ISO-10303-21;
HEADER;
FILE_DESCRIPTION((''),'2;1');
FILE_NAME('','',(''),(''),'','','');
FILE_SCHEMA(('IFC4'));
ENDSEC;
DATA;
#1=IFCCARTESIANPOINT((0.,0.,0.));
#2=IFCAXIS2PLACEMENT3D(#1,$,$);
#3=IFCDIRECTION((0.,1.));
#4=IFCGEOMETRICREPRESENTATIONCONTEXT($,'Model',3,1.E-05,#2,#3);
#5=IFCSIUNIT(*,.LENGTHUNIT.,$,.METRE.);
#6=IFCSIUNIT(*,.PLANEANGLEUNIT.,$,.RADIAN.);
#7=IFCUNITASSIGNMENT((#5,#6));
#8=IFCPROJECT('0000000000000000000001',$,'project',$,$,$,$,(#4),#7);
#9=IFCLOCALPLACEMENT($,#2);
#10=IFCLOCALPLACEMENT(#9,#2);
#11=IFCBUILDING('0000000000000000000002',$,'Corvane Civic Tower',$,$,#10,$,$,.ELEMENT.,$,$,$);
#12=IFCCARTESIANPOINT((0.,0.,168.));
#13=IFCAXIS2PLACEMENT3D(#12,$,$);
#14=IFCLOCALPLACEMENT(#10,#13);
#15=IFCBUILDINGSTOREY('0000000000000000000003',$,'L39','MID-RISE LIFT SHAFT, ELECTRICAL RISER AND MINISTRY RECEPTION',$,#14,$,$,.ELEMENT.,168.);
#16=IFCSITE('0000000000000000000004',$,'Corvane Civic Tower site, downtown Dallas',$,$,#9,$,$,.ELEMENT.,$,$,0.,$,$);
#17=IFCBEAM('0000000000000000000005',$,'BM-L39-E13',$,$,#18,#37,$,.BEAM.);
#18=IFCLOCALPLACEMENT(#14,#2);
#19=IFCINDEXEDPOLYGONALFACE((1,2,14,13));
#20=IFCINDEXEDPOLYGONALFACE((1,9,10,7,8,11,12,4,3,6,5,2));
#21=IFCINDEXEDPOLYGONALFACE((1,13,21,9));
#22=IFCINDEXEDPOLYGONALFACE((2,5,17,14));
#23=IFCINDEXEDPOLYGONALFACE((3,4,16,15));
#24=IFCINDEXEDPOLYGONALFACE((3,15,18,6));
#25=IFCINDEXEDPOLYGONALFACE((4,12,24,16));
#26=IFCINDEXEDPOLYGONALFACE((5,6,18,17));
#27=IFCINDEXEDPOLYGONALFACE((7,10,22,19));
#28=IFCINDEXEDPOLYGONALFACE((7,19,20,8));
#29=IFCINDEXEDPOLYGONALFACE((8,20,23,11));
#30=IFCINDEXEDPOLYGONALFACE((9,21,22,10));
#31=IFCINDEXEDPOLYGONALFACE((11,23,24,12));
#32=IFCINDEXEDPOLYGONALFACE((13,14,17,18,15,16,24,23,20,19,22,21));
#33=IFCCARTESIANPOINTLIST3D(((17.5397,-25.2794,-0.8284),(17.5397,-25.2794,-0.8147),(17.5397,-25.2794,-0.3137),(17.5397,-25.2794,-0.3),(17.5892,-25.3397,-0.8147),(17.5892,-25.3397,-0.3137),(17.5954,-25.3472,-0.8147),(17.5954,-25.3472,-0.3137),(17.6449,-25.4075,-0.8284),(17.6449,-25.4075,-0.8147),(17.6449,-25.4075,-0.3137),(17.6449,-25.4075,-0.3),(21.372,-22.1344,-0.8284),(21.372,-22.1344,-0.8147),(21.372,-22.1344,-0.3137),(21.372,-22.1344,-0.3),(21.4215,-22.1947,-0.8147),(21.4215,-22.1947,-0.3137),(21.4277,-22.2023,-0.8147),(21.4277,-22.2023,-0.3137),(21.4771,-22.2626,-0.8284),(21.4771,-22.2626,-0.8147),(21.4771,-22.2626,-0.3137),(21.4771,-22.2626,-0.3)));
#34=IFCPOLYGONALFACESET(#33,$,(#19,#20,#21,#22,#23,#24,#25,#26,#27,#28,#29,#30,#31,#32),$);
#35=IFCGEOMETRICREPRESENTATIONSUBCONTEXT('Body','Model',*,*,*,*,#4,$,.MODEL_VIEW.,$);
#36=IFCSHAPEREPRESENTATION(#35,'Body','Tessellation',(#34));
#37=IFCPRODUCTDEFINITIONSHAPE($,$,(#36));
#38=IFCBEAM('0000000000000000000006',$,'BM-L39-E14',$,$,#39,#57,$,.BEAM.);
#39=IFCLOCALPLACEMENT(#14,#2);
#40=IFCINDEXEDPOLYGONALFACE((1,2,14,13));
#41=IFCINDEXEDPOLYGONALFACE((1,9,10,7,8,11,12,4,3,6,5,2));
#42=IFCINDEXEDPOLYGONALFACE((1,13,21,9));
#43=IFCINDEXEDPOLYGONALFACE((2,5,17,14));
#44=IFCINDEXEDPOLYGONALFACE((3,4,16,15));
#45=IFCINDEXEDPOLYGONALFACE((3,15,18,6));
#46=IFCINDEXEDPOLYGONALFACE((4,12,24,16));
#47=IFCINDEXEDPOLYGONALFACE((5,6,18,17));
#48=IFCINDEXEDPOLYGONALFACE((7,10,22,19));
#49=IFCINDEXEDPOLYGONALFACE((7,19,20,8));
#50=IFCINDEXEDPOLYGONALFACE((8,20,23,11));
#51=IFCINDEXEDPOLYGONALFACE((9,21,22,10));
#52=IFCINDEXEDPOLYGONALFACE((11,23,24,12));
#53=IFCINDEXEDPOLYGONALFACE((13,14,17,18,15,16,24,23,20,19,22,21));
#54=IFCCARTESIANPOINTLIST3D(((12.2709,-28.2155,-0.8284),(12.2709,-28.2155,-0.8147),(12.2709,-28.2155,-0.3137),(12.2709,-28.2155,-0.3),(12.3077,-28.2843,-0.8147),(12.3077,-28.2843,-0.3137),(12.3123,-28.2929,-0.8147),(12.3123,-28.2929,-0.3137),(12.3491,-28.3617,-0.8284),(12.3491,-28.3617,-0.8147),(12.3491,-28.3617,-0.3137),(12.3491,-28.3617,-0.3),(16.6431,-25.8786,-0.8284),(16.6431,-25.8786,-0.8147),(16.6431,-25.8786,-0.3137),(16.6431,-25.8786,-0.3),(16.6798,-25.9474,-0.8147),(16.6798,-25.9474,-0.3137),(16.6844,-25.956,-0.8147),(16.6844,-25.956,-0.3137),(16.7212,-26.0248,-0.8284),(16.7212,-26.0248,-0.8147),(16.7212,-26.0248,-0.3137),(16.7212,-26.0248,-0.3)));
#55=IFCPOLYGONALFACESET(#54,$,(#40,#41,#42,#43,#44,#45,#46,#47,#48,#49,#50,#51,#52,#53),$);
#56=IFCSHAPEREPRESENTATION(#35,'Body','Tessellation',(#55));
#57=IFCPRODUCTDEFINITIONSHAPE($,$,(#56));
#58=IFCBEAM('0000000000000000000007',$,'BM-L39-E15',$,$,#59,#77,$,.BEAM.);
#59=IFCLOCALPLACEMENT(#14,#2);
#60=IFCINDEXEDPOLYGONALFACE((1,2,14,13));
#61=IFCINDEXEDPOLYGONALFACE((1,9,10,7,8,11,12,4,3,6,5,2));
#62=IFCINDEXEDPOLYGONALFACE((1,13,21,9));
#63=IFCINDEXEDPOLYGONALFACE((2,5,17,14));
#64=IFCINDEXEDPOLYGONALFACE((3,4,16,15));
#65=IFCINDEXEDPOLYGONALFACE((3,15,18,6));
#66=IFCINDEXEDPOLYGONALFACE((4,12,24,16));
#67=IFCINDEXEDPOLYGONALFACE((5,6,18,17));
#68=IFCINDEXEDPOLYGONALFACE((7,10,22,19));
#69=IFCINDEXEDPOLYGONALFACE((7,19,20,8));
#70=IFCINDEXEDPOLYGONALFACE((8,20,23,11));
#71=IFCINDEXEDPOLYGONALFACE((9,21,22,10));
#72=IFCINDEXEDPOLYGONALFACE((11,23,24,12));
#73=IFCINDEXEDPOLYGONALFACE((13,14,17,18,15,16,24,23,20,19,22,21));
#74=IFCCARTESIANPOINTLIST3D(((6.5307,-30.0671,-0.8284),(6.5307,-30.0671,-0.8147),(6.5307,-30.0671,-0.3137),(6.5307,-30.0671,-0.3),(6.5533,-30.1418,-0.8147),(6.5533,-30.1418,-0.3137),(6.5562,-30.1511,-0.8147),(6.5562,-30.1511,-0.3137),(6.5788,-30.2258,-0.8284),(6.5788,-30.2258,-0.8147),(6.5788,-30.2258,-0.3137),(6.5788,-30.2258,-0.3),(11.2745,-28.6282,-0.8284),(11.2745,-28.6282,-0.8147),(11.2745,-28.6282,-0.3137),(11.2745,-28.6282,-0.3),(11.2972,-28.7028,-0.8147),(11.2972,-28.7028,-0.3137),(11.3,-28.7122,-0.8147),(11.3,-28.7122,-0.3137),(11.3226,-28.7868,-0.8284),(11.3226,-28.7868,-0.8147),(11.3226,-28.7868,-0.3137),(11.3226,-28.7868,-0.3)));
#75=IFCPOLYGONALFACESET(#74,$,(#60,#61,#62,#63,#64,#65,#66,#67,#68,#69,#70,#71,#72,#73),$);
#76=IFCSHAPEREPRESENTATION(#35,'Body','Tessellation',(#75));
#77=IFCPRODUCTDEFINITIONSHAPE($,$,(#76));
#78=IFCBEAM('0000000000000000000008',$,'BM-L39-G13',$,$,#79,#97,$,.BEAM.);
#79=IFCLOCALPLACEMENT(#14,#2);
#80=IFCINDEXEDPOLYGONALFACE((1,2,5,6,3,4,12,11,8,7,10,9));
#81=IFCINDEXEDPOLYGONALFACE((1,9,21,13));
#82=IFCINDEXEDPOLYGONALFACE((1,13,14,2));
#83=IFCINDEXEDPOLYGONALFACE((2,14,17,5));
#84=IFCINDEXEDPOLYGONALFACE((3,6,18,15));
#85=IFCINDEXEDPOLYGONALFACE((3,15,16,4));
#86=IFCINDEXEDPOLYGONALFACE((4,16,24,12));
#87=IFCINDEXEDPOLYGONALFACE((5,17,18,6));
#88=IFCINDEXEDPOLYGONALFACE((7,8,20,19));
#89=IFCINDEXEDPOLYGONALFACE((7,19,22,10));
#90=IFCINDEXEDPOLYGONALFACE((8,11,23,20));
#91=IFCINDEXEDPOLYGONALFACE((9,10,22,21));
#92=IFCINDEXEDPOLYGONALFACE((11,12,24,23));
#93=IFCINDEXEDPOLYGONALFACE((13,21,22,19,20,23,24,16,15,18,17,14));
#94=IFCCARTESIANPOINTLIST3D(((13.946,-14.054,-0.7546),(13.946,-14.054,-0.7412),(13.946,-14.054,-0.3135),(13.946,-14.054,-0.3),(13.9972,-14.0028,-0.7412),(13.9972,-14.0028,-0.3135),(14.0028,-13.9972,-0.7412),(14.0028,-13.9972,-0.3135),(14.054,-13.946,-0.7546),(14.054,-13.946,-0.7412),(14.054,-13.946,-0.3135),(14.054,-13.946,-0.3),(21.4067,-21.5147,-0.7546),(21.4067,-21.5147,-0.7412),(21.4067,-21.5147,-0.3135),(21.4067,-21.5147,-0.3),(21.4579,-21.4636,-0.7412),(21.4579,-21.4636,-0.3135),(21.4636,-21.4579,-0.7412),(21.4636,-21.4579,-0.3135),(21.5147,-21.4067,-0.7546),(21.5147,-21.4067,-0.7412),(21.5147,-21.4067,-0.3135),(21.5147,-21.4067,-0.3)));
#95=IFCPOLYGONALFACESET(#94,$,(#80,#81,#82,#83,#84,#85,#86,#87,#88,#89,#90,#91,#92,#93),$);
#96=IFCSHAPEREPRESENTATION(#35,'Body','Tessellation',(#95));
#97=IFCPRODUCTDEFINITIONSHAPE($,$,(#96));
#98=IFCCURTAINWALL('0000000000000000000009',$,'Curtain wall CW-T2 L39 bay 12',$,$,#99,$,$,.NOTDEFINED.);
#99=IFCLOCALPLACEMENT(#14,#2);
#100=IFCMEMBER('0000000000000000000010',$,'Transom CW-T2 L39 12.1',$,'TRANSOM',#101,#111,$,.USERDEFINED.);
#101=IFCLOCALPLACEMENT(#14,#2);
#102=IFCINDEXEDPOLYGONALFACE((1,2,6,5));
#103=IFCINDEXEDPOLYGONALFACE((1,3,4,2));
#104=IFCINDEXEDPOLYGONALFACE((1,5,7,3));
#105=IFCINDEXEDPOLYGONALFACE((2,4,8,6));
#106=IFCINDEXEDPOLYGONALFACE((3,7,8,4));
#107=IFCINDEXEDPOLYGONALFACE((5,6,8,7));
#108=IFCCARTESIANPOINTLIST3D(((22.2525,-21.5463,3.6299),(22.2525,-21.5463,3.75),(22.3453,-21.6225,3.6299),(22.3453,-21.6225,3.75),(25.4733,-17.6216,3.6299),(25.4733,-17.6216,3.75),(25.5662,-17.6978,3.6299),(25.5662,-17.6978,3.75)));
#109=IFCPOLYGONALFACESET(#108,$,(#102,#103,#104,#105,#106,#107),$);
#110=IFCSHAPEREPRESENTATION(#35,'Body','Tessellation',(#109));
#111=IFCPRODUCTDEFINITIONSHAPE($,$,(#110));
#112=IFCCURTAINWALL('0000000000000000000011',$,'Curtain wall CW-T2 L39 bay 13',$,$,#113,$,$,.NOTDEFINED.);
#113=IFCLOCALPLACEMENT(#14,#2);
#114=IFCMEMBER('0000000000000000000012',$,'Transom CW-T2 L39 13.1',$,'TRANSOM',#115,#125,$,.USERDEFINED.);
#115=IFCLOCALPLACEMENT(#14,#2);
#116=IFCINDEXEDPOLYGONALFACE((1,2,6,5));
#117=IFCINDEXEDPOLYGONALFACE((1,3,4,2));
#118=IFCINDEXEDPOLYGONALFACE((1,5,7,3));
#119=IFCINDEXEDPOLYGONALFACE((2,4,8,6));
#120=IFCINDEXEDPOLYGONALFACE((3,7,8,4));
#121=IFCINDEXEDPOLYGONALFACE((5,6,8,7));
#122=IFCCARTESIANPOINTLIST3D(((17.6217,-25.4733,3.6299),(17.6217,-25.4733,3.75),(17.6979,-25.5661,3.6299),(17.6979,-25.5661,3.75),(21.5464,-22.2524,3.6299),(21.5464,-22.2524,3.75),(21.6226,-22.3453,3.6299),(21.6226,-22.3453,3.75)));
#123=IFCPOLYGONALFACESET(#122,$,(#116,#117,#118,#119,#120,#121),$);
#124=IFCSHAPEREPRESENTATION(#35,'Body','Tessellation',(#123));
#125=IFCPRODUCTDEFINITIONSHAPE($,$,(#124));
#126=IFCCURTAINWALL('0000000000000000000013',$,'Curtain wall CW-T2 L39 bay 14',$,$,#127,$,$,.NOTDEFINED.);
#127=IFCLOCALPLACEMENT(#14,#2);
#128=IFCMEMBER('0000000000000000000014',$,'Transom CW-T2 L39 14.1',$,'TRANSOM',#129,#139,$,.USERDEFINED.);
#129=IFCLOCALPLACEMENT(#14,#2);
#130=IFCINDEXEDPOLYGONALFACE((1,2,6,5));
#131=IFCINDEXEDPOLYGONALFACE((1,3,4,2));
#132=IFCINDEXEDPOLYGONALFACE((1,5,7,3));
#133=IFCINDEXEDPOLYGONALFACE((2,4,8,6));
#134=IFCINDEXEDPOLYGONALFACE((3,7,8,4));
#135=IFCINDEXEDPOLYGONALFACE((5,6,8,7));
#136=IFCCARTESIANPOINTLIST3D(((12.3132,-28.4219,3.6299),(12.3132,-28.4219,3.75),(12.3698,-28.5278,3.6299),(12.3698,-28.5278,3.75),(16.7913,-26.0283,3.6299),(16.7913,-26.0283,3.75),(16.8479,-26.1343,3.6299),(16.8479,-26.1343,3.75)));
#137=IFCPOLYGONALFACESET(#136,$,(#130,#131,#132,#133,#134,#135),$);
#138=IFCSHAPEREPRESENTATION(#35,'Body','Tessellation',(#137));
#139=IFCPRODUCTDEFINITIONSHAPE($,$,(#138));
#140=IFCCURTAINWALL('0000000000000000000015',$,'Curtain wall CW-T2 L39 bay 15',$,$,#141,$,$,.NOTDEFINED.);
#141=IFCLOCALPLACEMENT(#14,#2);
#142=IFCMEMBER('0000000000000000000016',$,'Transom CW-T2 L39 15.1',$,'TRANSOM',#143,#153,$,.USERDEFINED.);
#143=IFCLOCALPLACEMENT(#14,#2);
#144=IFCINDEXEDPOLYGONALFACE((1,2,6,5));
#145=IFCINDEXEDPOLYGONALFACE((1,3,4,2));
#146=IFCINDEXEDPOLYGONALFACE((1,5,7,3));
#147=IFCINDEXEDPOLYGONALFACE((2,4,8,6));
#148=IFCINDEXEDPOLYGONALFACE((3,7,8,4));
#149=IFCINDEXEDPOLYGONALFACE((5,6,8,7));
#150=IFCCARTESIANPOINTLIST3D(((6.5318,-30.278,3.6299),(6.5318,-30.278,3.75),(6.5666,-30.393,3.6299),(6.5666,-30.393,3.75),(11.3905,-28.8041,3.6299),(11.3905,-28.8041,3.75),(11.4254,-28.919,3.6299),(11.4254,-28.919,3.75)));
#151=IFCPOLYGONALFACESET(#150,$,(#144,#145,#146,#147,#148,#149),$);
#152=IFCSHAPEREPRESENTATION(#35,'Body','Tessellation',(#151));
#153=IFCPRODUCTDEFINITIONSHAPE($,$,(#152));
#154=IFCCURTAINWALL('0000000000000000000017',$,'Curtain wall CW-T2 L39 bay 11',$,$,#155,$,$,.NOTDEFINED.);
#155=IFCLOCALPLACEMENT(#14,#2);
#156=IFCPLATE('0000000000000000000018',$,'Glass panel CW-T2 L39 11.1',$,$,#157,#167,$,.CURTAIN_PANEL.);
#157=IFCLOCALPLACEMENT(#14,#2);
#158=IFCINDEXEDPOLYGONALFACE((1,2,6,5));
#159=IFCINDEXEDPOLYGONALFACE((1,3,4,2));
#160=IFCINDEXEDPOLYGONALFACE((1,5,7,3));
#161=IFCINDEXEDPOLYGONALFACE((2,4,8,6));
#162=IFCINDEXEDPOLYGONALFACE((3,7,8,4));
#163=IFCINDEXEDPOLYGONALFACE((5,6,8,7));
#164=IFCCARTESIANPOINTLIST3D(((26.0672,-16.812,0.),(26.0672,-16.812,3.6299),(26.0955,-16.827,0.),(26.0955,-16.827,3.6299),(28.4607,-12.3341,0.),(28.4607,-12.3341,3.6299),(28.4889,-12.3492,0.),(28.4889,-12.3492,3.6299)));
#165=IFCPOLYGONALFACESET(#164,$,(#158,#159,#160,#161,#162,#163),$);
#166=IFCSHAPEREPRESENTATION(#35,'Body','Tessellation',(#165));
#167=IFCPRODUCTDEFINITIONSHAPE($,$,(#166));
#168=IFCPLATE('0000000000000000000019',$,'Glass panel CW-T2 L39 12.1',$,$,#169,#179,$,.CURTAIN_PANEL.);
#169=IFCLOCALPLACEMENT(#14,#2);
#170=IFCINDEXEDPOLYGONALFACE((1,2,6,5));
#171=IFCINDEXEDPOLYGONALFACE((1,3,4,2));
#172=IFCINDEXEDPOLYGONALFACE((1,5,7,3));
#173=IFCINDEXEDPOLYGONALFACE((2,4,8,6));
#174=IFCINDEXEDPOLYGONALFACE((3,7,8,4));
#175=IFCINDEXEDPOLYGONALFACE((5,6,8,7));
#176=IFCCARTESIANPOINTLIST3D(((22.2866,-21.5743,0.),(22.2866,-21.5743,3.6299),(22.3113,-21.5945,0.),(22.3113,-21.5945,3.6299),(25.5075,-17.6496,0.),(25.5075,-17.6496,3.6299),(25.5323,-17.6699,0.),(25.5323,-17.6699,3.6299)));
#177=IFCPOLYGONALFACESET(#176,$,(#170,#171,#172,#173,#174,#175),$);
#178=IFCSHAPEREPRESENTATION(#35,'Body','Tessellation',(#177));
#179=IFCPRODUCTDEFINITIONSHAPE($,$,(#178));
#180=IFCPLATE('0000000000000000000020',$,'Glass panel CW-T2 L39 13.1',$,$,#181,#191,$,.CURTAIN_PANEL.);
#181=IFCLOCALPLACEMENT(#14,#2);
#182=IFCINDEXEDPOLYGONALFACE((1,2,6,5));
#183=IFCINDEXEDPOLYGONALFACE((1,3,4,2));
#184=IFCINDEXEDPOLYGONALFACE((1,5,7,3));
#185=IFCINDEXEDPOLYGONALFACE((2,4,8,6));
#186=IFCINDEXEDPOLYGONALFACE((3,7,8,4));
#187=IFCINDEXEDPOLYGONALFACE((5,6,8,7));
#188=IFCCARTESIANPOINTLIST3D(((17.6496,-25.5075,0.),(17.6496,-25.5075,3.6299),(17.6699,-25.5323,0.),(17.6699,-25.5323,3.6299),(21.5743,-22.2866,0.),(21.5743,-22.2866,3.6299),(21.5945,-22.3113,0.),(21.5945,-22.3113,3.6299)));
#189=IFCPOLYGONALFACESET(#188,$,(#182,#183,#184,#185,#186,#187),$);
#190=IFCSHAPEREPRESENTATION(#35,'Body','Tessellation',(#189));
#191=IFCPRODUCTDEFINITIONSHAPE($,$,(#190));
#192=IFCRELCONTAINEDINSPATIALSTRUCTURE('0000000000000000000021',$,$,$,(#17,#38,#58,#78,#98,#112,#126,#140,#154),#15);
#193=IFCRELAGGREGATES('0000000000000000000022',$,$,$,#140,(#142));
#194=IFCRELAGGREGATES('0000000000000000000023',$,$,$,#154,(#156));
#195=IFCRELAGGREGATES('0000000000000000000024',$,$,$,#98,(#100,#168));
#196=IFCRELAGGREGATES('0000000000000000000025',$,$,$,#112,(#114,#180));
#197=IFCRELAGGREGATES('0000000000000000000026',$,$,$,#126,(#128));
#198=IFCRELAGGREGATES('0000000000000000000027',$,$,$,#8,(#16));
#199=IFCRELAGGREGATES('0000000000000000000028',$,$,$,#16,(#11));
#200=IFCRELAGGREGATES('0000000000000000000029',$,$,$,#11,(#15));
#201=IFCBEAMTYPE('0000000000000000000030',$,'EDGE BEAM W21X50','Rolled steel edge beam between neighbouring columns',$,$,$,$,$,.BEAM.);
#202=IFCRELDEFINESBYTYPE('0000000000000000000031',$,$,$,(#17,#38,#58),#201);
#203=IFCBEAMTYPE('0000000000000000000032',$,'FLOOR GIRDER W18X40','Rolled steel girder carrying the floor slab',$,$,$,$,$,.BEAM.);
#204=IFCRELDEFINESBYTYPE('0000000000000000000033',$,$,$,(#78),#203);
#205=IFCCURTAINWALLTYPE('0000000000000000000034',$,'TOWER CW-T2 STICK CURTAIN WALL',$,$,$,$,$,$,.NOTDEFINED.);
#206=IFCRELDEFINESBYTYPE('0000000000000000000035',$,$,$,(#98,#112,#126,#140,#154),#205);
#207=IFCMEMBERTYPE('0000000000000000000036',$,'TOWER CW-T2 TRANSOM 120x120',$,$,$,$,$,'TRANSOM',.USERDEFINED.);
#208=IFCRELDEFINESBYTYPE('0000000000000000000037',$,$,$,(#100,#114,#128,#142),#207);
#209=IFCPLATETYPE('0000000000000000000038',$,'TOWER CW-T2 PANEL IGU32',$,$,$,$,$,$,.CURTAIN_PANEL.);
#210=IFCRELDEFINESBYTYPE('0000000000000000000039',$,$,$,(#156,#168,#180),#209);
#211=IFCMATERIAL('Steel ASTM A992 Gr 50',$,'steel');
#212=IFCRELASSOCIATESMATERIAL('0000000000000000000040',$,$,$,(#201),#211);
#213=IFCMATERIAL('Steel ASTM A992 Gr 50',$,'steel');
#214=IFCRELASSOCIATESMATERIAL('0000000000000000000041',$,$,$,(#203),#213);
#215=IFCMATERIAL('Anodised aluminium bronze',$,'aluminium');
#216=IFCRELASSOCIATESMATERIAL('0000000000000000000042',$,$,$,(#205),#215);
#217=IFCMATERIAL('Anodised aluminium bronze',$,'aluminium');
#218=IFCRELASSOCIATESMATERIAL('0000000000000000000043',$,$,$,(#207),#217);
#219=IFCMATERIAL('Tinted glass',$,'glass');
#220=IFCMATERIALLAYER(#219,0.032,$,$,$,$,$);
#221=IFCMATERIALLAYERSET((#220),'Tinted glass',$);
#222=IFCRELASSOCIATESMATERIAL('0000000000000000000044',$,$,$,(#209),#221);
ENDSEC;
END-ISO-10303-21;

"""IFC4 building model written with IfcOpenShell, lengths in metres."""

from ifc_helpers import new_model, si_unit, direction, frame, origin, origin_2d, place, context, subcontext, project, spatial, rectangle, i_section, extrude, material, layer, layer_set, material_profile, profile_set, type_object, element, aggregate, save


model = new_model("IFC4")

# Units and contexts
model_context = context("Model", 3, precision=1e-05, world=origin(), true_north=direction((0.0, 1.0)))
body_context = subcontext(model_context, "Body", "Model", "MODEL_VIEW")
ifc_project = project(units=[si_unit("LENGTHUNIT", "METRE"), si_unit("PLANEANGLEUNIT", "RADIAN")], contexts=[model_context])

# Site, building, storey
site_placement = place(None, origin())
site = spatial("IfcSite", under=ifc_project, at=site_placement, Name="Corvane Civic Tower site, downtown Dallas", CompositionType="ELEMENT", RefElevation=0.0)
building_placement = place(site_placement, origin())
building = spatial("IfcBuilding", under=site, at=building_placement, Name="Corvane Civic Tower", CompositionType="ELEMENT")
storey_placement = place(building_placement, frame((0.0, 0.0, 168.0)))
storey = spatial("IfcBuildingStorey", under=building, at=storey_placement, Name="L39", Description="MID-RISE LIFT SHAFT, ELECTRICAL RISER AND MINISTRY RECEPTION", CompositionType="ELEMENT", Elevation=168.0)

# Beams
ifc_material_1 = material(Name="Steel ASTM A992 Gr 50", Category="steel")
ifc_material_profile_1 = material_profile(ifc_material_1, i_section(OverallWidth=0.1658, OverallDepth=0.5283, WebThickness=0.0098, FlangeThickness=0.0137, at=origin_2d()), Name="W21X50")
ifc_profile_set_1 = profile_set([ifc_material_profile_1], Name="Steel ASTM A992 Gr 50")
beam_type_1 = type_object("IfcBeamType", Name="EDGE BEAM W21X50", Description="Rolled steel edge beam between neighbouring columns", PredefinedType="BEAM", material=ifc_profile_set_1)
for number, where, z_axis, x_axis, name in (
    (1, (21.4246, -22.1985, -0.5642), (-0.773015, -0.634388, 0.0), (0.634388, -0.773015, 0.0), "BM-L39-E13"),
    (2, (16.6821, -25.9517, -0.5642), (-0.881922, -0.471396, 0.0), (0.471396, -0.881922, 0.0), "BM-L39-E14"),
):
    element("IfcBeam", number, at=place(storey_placement, frame(where, z_axis=z_axis, x_axis=x_axis)), inside=storey, type_object=beam_type_1, Name=name, PredefinedType="BEAM", context=body_context, shape_type="SweptSolid", body=[
        extrude(i_section(OverallWidth=0.1658, OverallDepth=0.5283, WebThickness=0.0098, FlangeThickness=0.0137, at=origin_2d()), origin(), (0.0, 0.0, 1.0), 4.9575),
    ])
beam_1_placement = place(storey_placement, frame((11.2986, -28.7075, -0.5642), z_axis=(-0.956945, -0.29027, 0.0), x_axis=(0.29027, -0.956945, 0.0)))
element("IfcBeam", 3, at=beam_1_placement, inside=storey, type_object=beam_type_1, Name="BM-L39-E15", PredefinedType="BEAM", context=body_context, shape_type="SweptSolid", body=[
    extrude(i_section(OverallWidth=0.1658, OverallDepth=0.5283, WebThickness=0.0098, FlangeThickness=0.0137, at=origin_2d()), origin(), (0.0, 0.0, 1.0), 4.9573),
])
ifc_material_2 = material(Name="Steel ASTM A992 Gr 50", Category="steel")
ifc_material_profile_2 = material_profile(ifc_material_2, i_section(OverallWidth=0.1528, OverallDepth=0.4546, WebThickness=0.0081, FlangeThickness=0.0134, at=origin_2d()), Name="W18X40")
ifc_profile_set_2 = profile_set([ifc_material_profile_2], Name="Steel ASTM A992 Gr 50")
beam_type_2 = type_object("IfcBeamType", Name="FLOOR GIRDER W18X40", Description="Rolled steel girder carrying the floor slab", PredefinedType="BEAM", material=ifc_profile_set_2)
beam_2_placement = place(storey_placement, frame((14.0, -14.0, -0.5273), z_axis=(0.707107, -0.707107, 0.0), x_axis=(0.707107, 0.707107, 0.0)))
element("IfcBeam", 4, at=beam_2_placement, inside=storey, type_object=beam_type_2, Name="BM-L39-G13", PredefinedType="BEAM", context=body_context, shape_type="SweptSolid", body=[
    extrude(i_section(OverallWidth=0.1528, OverallDepth=0.4546, WebThickness=0.0081, FlangeThickness=0.0134, at=origin_2d()), origin(), (0.0, 0.0, 1.0), 10.551),
])

# Curtain walls, members
ifc_material_3 = material(Name="Anodised aluminium bronze", Category="aluminium")
curtain_wall_type = type_object("IfcCurtainWallType", Name="TOWER CW-T2 STICK CURTAIN WALL", PredefinedType="NOTDEFINED", material=ifc_material_3)
curtain_wall_1_placement = place(storey_placement, origin())
curtain_wall_1 = element("IfcCurtainWall", 5, at=curtain_wall_1_placement, inside=storey, type_object=curtain_wall_type, Name="Curtain wall CW-T2 L39 bay 12", PredefinedType="NOTDEFINED")
ifc_material_4 = material(Name="Anodised aluminium bronze", Category="aluminium")
ifc_material_profile_3 = material_profile(ifc_material_4, rectangle(XDim=0.1201, YDim=0.1201, at=origin_2d()), Name="TOWER CW-T2 TRANSOM 120x120")
ifc_profile_set_3 = profile_set([ifc_material_profile_3], Name="Anodised aluminium bronze")
member_type = type_object("IfcMemberType", Name="TOWER CW-T2 TRANSOM 120x120", ElementType="TRANSOM", PredefinedType="USERDEFINED", material=ifc_profile_set_3)
member_1_placement = place(storey_placement, frame((25.5198, -17.6597, 3.6899), z_axis=(-0.634387, -0.773016, 0.0), x_axis=(0.773016, -0.634387, 0.0)))
member_1 = element("IfcMember", 6, at=member_1_placement, type_object=member_type, Name="Transom CW-T2 L39 12.1", ObjectType="TRANSOM", PredefinedType="USERDEFINED", context=body_context, shape_type="SweptSolid", body=[
    extrude(rectangle(XDim=0.1201, YDim=0.1201, at=origin_2d()), origin(), (0.0, 0.0, 1.0), 5.0771),
])
curtain_wall_2_placement = place(storey_placement, origin())
curtain_wall_2 = element("IfcCurtainWall", 7, at=curtain_wall_2_placement, inside=storey, type_object=curtain_wall_type, Name="Curtain wall CW-T2 L39 bay 13", PredefinedType="NOTDEFINED")
member_2_placement = place(storey_placement, frame((21.5845, -22.2988, 3.6899), z_axis=(-0.773016, -0.634387, 0.0), x_axis=(0.634387, -0.773016, 0.0)))
member_2 = element("IfcMember", 8, at=member_2_placement, type_object=member_type, Name="Transom CW-T2 L39 13.1", ObjectType="TRANSOM", PredefinedType="USERDEFINED", context=body_context, shape_type="SweptSolid", body=[
    extrude(rectangle(XDim=0.1201, YDim=0.1201, at=origin_2d()), origin(), (0.0, 0.0, 1.0), 5.0771),
])
curtain_wall_3_placement = place(storey_placement, origin())
curtain_wall_3 = element("IfcCurtainWall", 9, at=curtain_wall_3_placement, inside=storey, type_object=curtain_wall_type, Name="Curtain wall CW-T2 L39 bay 14", PredefinedType="NOTDEFINED")
member_3_placement = place(storey_placement, frame((16.8196, -26.0813, 3.6899), z_axis=(-0.881921, -0.471397, 0.0), x_axis=(0.471397, -0.881921, 0.0)))
member_3 = element("IfcMember", 10, at=member_3_placement, type_object=member_type, Name="Transom CW-T2 L39 14.1", ObjectType="TRANSOM", PredefinedType="USERDEFINED", context=body_context, shape_type="SweptSolid", body=[
    extrude(rectangle(XDim=0.1201, YDim=0.1201, at=origin_2d()), origin(), (0.0, 0.0, 1.0), 5.0776),
])
curtain_wall_4_placement = place(storey_placement, origin())
curtain_wall_4 = element("IfcCurtainWall", 11, at=curtain_wall_4_placement, inside=storey, type_object=curtain_wall_type, Name="Curtain wall CW-T2 L39 bay 15", PredefinedType="NOTDEFINED")
member_4_placement = place(storey_placement, frame((11.408, -28.8616, 3.6899), z_axis=(-0.956939, -0.290289, 0.0), x_axis=(0.290289, -0.956939, 0.0)))
member_4 = element("IfcMember", 12, at=member_4_placement, type_object=member_type, Name="Transom CW-T2 L39 15.1", ObjectType="TRANSOM", PredefinedType="USERDEFINED", context=body_context, shape_type="SweptSolid", body=[
    extrude(rectangle(XDim=0.1201, YDim=0.1201, at=origin_2d()), origin(), (0.0, 0.0, 1.0), 5.0774),
])
aggregate(curtain_wall_4, [member_4])

# Curtain wall, plate
curtain_wall_5_placement = place(storey_placement, origin())
curtain_wall_5 = element("IfcCurtainWall", 13, at=curtain_wall_5_placement, inside=storey, type_object=curtain_wall_type, Name="Curtain wall CW-T2 L39 bay 11", PredefinedType="NOTDEFINED")
ifc_material_5 = material(Name="Tinted glass", Category="glass")
ifc_layer_1 = layer(ifc_material_5, 0.032)
ifc_layer_set_1 = layer_set([ifc_layer_1], Name="Tinted glass")
plate_type = type_object("IfcPlateType", Name="TOWER CW-T2 PANEL IGU32", PredefinedType="CURTAIN_PANEL", material=ifc_layer_set_1)
plate_1_placement = place(storey_placement, frame((27.2781, -14.5806, 0.0), z_axis=(0.0, 0.0, 1.0), x_axis=(-0.471395, -0.881922, 0.0)))
plate_1 = element("IfcPlate", 14, at=plate_1_placement, type_object=plate_type, Name="Glass panel CW-T2 L39 11.1", PredefinedType="CURTAIN_PANEL", context=body_context, shape_type="SweptSolid", body=[
    extrude(rectangle(XDim=5.0774, YDim=0.032, at=origin_2d()), origin(), (0.0, 0.0, 1.0), 3.6299),
])
aggregate(curtain_wall_5, [plate_1])

# Plates
plate_2_placement = place(storey_placement, frame((23.9094, -19.6221, 0.0), z_axis=(0.0, 0.0, 1.0), x_axis=(-0.6344, -0.773005, 0.0)))
plate_2 = element("IfcPlate", 15, at=plate_2_placement, type_object=plate_type, Name="Glass panel CW-T2 L39 12.1", PredefinedType="CURTAIN_PANEL", context=body_context, shape_type="SweptSolid", body=[
    extrude(rectangle(XDim=5.0771, YDim=0.032, at=origin_2d()), origin(), (0.0, 0.0, 1.0), 3.6299),
])
aggregate(curtain_wall_1, [member_1, plate_2])
plate_3_placement = place(storey_placement, frame((19.6221, -23.9094, 0.0), z_axis=(0.0, 0.0, 1.0), x_axis=(-0.773005, -0.6344, 0.0)))
plate_3 = element("IfcPlate", 16, at=plate_3_placement, type_object=plate_type, Name="Glass panel CW-T2 L39 13.1", PredefinedType="CURTAIN_PANEL", context=body_context, shape_type="SweptSolid", body=[
    extrude(rectangle(XDim=5.0771, YDim=0.032, at=origin_2d()), origin(), (0.0, 0.0, 1.0), 3.6299),
])
aggregate(curtain_wall_2, [member_2, plate_3])
aggregate(curtain_wall_3, [member_3])

save(model, "model.ifc")
